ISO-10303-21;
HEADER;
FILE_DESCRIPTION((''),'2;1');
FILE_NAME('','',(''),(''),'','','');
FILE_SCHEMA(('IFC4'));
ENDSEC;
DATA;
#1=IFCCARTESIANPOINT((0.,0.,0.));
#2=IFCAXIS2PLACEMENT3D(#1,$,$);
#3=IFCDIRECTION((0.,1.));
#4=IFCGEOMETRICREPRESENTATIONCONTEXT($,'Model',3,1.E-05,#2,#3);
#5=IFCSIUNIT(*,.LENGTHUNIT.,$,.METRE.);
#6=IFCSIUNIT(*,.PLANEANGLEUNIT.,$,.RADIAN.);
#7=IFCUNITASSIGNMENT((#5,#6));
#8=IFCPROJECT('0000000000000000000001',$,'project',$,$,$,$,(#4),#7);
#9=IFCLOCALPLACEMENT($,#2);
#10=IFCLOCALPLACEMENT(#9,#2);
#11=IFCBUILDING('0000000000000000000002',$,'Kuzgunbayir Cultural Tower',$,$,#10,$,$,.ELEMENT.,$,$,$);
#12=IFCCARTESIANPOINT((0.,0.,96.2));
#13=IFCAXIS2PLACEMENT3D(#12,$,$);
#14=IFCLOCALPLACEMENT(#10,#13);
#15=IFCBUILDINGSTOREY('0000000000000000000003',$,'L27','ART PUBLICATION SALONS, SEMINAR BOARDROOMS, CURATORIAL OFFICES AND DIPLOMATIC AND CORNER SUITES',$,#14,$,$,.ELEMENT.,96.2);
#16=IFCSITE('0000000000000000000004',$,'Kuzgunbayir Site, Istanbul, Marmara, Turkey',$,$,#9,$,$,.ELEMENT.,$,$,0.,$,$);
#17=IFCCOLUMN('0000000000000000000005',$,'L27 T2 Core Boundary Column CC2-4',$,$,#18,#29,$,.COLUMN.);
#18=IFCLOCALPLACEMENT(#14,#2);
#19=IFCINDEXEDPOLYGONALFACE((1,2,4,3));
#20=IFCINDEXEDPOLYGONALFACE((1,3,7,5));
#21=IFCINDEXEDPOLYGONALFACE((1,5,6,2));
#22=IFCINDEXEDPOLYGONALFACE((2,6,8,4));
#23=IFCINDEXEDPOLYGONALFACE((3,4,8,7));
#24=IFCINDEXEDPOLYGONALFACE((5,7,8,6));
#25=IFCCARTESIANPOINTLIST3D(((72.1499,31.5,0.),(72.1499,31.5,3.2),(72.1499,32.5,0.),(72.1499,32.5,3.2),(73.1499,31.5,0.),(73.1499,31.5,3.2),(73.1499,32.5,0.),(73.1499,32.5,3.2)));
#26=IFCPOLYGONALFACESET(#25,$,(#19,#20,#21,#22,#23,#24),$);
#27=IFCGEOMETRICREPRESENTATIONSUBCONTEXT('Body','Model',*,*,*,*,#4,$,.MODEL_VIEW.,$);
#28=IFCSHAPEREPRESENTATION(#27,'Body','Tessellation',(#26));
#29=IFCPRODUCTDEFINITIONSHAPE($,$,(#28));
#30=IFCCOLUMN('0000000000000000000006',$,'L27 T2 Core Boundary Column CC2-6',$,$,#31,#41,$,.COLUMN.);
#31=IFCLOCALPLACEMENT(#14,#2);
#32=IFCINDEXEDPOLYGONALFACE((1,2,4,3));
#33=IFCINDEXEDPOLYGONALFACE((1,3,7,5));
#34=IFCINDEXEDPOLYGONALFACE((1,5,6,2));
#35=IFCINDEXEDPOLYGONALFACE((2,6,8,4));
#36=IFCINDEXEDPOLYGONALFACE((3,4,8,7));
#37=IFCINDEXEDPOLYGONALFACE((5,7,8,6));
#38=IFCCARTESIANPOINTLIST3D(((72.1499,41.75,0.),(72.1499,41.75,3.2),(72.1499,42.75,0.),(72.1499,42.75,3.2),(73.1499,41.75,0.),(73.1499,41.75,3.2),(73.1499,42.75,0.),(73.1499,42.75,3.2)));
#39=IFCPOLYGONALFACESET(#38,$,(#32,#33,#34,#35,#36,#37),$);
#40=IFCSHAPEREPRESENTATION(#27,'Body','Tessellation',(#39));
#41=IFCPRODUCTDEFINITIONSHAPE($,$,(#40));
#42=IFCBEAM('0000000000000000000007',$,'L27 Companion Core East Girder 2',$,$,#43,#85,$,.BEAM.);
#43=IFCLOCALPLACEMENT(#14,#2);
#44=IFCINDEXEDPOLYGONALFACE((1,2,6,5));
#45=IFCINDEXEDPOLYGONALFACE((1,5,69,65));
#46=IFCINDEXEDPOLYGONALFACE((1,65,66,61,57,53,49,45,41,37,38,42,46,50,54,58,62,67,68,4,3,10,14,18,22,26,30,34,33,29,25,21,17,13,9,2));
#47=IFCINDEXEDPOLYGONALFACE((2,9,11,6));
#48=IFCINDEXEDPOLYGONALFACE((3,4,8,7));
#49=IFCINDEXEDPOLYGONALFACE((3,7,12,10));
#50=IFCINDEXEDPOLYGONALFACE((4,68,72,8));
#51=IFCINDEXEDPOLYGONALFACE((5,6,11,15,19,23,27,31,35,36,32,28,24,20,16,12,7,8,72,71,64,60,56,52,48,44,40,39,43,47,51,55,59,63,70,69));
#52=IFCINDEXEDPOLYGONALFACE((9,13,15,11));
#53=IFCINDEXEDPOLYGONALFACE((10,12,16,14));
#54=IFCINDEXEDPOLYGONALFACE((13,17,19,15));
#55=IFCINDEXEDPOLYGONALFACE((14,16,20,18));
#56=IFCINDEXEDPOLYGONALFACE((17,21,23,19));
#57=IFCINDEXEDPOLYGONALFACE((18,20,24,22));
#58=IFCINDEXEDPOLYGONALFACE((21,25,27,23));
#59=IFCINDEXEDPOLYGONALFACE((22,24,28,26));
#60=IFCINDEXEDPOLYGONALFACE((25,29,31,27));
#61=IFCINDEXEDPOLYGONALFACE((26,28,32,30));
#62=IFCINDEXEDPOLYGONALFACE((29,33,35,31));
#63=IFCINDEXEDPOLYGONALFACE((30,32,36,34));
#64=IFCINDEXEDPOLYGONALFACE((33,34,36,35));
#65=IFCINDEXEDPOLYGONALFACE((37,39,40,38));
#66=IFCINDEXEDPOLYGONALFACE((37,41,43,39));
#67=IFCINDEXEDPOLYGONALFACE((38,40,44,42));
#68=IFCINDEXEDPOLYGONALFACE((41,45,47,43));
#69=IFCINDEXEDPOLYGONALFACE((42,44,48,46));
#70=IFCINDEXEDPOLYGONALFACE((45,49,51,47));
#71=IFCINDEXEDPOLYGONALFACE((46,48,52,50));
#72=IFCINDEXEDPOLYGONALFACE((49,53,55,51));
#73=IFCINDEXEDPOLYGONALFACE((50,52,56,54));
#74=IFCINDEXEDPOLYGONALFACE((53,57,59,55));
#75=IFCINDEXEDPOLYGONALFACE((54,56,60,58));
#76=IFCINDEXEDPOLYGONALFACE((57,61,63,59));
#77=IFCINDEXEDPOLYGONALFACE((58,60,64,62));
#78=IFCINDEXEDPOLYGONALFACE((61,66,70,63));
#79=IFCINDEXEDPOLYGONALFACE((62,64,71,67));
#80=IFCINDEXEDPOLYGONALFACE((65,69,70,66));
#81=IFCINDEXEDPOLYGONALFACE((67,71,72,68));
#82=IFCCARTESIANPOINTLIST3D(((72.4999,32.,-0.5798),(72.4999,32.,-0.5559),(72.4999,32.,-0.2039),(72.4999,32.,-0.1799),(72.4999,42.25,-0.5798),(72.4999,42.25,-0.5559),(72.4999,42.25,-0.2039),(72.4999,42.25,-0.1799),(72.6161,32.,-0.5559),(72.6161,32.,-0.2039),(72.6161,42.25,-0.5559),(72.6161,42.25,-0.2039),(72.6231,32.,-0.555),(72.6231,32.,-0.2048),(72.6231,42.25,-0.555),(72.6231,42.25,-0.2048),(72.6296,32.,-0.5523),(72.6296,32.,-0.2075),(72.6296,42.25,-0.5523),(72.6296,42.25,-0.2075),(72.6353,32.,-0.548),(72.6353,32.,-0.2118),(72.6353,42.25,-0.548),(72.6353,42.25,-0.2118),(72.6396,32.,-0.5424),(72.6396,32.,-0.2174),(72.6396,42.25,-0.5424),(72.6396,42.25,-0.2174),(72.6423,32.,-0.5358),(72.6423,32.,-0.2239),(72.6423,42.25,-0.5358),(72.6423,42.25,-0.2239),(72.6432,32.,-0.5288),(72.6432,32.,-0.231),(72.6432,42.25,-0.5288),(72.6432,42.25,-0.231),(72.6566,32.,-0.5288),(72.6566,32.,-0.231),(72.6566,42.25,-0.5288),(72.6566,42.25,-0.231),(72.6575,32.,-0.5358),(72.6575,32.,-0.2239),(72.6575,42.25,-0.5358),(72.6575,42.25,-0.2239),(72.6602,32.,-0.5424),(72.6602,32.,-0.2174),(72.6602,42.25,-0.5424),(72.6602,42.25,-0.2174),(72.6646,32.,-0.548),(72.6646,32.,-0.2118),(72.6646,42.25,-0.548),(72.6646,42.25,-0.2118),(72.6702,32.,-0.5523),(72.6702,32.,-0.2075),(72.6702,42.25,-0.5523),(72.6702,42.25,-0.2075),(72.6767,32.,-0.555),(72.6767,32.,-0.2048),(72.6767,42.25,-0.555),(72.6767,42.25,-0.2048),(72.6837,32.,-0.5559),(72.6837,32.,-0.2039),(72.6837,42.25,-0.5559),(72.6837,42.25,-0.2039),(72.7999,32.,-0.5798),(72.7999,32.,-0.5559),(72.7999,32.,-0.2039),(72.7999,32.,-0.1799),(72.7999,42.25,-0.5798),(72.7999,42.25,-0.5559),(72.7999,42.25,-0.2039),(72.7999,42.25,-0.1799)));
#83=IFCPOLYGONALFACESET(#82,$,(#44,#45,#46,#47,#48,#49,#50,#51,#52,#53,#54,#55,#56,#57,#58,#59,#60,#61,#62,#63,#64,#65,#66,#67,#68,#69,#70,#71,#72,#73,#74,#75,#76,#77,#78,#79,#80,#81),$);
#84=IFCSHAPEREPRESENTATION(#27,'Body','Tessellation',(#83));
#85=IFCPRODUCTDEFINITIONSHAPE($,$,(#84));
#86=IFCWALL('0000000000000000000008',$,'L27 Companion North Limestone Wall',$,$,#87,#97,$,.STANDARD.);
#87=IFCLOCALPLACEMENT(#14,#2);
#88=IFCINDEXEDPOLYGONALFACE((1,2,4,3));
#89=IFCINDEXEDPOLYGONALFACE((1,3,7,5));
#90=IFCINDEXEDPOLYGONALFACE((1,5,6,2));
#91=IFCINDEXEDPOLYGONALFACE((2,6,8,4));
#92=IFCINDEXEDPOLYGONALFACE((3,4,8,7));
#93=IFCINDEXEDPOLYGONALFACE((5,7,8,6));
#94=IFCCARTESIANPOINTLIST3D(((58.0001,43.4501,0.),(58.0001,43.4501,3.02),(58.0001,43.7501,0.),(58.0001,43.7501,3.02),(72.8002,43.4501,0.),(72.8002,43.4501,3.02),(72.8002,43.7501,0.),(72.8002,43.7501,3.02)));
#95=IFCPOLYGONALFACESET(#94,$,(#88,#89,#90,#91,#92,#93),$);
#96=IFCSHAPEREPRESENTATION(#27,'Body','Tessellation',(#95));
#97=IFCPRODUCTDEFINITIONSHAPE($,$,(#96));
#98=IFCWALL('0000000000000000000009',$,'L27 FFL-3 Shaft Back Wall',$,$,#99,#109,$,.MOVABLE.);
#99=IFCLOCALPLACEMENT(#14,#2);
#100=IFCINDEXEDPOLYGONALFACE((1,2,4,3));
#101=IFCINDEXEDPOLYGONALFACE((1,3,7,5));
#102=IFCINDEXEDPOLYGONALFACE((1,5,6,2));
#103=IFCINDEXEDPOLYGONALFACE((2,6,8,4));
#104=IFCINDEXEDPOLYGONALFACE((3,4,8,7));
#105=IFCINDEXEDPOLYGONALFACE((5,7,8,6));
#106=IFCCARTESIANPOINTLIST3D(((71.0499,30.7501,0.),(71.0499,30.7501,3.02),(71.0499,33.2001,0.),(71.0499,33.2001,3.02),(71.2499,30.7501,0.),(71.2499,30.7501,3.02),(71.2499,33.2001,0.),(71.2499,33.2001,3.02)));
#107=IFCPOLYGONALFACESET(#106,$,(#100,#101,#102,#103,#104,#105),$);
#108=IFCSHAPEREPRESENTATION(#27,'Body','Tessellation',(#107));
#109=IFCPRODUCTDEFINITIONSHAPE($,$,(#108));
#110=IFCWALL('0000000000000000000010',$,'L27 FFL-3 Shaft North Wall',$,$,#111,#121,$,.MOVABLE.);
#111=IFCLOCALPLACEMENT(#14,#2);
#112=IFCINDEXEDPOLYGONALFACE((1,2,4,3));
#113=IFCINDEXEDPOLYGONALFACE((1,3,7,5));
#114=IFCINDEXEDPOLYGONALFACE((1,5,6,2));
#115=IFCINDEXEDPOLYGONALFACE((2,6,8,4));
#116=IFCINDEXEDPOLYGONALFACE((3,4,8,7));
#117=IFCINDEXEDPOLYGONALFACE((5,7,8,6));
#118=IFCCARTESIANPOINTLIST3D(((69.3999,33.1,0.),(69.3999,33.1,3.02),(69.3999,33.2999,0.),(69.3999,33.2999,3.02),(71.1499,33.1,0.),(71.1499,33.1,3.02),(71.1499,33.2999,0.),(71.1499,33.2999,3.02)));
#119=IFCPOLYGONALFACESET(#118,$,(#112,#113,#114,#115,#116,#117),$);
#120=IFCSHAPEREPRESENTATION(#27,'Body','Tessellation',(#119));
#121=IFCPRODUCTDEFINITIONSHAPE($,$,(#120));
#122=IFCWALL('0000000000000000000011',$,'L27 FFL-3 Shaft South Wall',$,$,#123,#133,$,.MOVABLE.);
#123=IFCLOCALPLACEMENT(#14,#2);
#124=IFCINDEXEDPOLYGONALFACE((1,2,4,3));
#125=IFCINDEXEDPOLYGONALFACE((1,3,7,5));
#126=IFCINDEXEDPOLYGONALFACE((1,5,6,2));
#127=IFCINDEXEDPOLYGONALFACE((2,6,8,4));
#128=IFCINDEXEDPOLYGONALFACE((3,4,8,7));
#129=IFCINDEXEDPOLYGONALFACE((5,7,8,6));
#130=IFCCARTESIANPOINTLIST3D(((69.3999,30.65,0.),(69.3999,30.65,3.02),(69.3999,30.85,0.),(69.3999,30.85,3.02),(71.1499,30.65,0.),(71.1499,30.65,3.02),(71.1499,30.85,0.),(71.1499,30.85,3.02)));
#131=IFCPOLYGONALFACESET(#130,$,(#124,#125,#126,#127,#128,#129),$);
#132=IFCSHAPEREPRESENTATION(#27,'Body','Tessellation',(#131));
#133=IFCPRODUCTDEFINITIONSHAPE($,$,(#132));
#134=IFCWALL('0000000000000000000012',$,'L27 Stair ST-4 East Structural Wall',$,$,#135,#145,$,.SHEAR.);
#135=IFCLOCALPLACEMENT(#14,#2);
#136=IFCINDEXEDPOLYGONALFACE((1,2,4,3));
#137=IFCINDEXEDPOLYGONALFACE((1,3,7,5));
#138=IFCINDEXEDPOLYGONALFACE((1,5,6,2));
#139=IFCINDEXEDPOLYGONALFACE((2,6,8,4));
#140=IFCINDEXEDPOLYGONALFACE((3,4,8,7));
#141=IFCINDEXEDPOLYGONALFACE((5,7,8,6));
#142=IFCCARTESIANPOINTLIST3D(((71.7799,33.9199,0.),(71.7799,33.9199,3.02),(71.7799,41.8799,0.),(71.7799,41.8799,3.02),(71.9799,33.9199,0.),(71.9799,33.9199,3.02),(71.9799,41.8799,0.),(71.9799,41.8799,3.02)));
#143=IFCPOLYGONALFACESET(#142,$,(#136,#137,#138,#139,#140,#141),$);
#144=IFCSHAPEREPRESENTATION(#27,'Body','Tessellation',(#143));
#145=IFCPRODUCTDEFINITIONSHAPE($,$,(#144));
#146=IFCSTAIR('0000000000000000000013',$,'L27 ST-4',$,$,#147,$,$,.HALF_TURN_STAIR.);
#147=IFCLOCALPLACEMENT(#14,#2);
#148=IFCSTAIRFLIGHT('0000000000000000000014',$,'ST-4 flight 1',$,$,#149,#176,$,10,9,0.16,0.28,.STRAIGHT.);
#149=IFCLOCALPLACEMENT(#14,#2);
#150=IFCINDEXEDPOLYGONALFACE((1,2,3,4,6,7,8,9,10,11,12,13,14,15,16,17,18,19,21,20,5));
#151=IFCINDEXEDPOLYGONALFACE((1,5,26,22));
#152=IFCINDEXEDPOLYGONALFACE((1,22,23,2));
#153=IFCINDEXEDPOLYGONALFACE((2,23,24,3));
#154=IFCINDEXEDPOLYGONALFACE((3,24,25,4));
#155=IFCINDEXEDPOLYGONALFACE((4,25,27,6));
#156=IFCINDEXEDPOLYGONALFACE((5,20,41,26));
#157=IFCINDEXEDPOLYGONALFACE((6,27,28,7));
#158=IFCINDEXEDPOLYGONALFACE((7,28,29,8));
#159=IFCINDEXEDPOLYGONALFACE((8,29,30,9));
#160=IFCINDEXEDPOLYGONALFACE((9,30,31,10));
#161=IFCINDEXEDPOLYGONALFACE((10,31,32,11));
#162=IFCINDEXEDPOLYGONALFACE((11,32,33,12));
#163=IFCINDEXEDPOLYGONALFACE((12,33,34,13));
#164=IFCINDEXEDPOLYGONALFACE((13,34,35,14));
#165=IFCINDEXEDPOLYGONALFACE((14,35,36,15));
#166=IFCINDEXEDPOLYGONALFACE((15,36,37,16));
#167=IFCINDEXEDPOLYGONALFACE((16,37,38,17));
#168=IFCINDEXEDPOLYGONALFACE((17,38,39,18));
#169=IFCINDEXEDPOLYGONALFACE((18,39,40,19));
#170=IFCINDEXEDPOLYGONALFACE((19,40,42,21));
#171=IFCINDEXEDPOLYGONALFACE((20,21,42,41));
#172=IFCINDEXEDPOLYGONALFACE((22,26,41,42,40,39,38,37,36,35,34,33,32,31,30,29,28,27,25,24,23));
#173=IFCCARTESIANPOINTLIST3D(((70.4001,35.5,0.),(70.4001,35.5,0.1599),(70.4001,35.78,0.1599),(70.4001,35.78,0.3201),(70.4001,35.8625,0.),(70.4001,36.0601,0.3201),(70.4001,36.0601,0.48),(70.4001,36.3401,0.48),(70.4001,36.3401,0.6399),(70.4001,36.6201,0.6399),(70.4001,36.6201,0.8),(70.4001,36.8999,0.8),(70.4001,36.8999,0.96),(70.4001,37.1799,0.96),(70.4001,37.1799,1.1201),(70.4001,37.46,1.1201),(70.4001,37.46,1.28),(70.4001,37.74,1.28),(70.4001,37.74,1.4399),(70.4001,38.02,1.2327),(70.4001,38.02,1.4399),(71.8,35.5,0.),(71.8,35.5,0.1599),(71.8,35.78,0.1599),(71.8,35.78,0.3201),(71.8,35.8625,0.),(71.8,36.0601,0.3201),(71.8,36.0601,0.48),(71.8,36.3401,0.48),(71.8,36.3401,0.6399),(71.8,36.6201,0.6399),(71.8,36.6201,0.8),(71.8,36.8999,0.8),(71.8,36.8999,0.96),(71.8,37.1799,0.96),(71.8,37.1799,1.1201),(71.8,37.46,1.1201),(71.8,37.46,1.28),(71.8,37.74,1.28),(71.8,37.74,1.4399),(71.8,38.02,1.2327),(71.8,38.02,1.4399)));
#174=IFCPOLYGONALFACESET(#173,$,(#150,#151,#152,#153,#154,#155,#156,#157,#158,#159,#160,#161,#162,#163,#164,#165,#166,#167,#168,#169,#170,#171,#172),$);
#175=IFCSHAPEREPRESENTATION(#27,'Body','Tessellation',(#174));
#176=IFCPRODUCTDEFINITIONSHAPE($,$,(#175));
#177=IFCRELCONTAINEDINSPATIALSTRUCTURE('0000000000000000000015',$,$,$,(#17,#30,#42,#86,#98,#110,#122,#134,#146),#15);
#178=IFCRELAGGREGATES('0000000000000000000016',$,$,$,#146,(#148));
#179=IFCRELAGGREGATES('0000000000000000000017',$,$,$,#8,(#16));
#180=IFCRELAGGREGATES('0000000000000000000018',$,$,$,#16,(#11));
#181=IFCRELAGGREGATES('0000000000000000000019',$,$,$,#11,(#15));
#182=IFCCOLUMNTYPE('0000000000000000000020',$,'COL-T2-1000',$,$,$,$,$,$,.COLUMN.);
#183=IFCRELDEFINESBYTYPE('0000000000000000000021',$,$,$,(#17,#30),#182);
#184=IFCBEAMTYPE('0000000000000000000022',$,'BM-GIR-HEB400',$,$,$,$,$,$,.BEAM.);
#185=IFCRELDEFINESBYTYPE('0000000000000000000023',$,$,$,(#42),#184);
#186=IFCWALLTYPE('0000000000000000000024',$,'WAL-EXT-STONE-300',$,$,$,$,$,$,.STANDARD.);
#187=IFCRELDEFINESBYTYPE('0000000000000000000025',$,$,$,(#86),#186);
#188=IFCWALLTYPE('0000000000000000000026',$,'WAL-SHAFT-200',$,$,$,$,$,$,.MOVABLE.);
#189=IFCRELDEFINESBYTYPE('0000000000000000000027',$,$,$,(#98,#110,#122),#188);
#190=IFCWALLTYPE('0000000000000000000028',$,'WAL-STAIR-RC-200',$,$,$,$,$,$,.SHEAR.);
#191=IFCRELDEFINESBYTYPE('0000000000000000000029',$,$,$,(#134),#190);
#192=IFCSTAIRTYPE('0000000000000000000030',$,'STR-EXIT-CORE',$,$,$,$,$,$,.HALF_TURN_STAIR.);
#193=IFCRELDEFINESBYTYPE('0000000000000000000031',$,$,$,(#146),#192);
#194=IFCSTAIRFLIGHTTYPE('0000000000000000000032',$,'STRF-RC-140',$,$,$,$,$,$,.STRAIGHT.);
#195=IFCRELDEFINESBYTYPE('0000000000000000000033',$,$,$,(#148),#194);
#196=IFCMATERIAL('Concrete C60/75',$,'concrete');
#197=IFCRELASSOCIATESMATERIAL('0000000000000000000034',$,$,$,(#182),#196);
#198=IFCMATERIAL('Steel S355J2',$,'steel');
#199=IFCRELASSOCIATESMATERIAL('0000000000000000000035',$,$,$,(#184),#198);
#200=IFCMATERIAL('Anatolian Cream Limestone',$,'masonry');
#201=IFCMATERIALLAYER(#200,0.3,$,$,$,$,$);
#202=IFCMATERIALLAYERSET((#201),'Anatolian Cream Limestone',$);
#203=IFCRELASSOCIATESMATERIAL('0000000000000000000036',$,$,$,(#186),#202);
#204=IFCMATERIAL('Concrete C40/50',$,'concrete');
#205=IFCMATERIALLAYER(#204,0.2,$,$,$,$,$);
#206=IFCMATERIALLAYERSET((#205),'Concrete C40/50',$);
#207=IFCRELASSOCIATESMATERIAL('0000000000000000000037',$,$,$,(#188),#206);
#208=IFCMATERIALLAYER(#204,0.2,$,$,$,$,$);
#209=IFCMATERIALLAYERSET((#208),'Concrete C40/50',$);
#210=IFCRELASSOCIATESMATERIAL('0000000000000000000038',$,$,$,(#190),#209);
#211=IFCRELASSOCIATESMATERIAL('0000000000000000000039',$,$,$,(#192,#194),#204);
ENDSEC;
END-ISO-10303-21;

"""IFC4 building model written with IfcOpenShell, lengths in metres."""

from ifc_helpers import new_model, si_unit, direction, frame, frame_2d, origin, origin_2d, place, context, subcontext, project, spatial, polyline, rectangle, i_section, outline, extrude, material, layer, layer_set, material_profile, profile_set, type_object, element, aggregate, save


model = new_model("IFC4")

# Units and contexts
model_context = context("Model", 3, precision=1e-05, world=origin(), true_north=direction((0.0, 1.0)))
body_context = subcontext(model_context, "Body", "Model", "MODEL_VIEW")
ifc_project = project(units=[si_unit("LENGTHUNIT", "METRE"), si_unit("PLANEANGLEUNIT", "RADIAN")], contexts=[model_context])

# Site, building, storey
site_placement = place(None, origin())
site = spatial("IfcSite", under=ifc_project, at=site_placement, Name="Kuzgunbayir Site, Istanbul, Marmara, Turkey", CompositionType="ELEMENT", RefElevation=0.0)
building_placement = place(site_placement, origin())
building = spatial("IfcBuilding", under=site, at=building_placement, Name="Kuzgunbayir Cultural Tower", CompositionType="ELEMENT")
storey_placement = place(building_placement, frame((0.0, 0.0, 96.2)))
storey = spatial("IfcBuildingStorey", under=building, at=storey_placement, Name="L27", Description="ART PUBLICATION SALONS, SEMINAR BOARDROOMS, CURATORIAL OFFICES AND DIPLOMATIC AND CORNER SUITES", CompositionType="ELEMENT", Elevation=96.2)

# Columns
ifc_material_1 = material(Name="Concrete C60/75", Category="concrete")
ifc_material_profile_1 = material_profile(ifc_material_1, rectangle(XDim=1.0, YDim=1.0, at=origin_2d()), Name="RC 1000x1000")
ifc_profile_set_1 = profile_set([ifc_material_profile_1], Name="Concrete C60/75")
column_type = type_object("IfcColumnType", Name="COL-T2-1000", PredefinedType="COLUMN", material=ifc_profile_set_1)
for number, where, z_axis, x_axis, name in (
    (1, (72.6499, 32.0, 0.0), (0.0, 0.0, 1.0), (1.0, 0.0, 0.0), "L27 T2 Core Boundary Column CC2-4"),
    (2, (72.6499, 42.25, 0.0), (0.0, 0.0, 1.0), (1.0, 0.0, 0.0), "L27 T2 Core Boundary Column CC2-6"),
):
    element("IfcColumn", number, at=place(storey_placement, frame(where, z_axis=z_axis, x_axis=x_axis)), inside=storey, type_object=column_type, Name=name, PredefinedType="COLUMN", context=body_context, shape_type="SweptSolid", body=[
        extrude(rectangle(XDim=1.0, YDim=1.0, at=origin_2d()), origin(), (0.0, 0.0, 1.0), 3.2),
    ])

# Beam
ifc_material_2 = material(Name="Steel S355J2", Category="steel")
ifc_material_profile_2 = material_profile(ifc_material_2, i_section(OverallWidth=0.3, OverallDepth=0.3999, WebThickness=0.0134, FlangeThickness=0.0239, FilletRadius=0.0271, at=origin_2d()), Name="HEB 400")
ifc_profile_set_2 = profile_set([ifc_material_profile_2], Name="Steel S355J2")
beam_type = type_object("IfcBeamType", Name="BM-GIR-HEB400", PredefinedType="BEAM", material=ifc_profile_set_2)
beam_placement = place(storey_placement, frame((72.6499, 32.0, -0.3799), z_axis=(0.0, 1.0, 0.0), x_axis=(-1.0, 0.0, 0.0)))
element("IfcBeam", 3, at=beam_placement, inside=storey, type_object=beam_type, Name="L27 Companion Core East Girder 2", PredefinedType="BEAM", context=body_context, shape_type="SweptSolid", body=[
    extrude(i_section(OverallWidth=0.3, OverallDepth=0.3999, WebThickness=0.0134, FlangeThickness=0.0239, FilletRadius=0.0271, at=origin_2d()), origin(), (0.0, 0.0, 1.0), 10.25),
])

# Walls
ifc_material_3 = material(Name="Anatolian Cream Limestone", Category="masonry")
ifc_layer_1 = layer(ifc_material_3, 0.3)
ifc_layer_set_1 = layer_set([ifc_layer_1], Name="Anatolian Cream Limestone")
wall_type_1 = type_object("IfcWallType", Name="WAL-EXT-STONE-300", PredefinedType="STANDARD", material=ifc_layer_set_1)
wall_1_placement = place(storey_placement, frame((72.8, 43.6001, 0.0), z_axis=(0.0, 0.0, 1.0), x_axis=(-1.0, 0.0, 0.0)))
element("IfcWall", 4, at=wall_1_placement, inside=storey, type_object=wall_type_1, Name="L27 Companion North Limestone Wall", PredefinedType="STANDARD", context=body_context, shape_type="SweptSolid", body=[
    extrude(rectangle(XDim=14.8, YDim=0.3, at=frame_2d((7.3999, 0.0))), origin(), (0.0, 0.0, 1.0), 3.02),
])
ifc_material_4 = material(Name="Concrete C40/50", Category="concrete")
ifc_layer_2 = layer(ifc_material_4, 0.2)
ifc_layer_set_2 = layer_set([ifc_layer_2], Name="Concrete C40/50")
wall_type_2 = type_object("IfcWallType", Name="WAL-SHAFT-200", PredefinedType="MOVABLE", material=ifc_layer_set_2)
wall_2_placement = place(storey_placement, frame((71.1499, 30.75, 0.0), z_axis=(0.0, 0.0, 1.0), x_axis=(0.0, 1.0, 0.0)))
element("IfcWall", 5, at=wall_2_placement, inside=storey, type_object=wall_type_2, Name="L27 FFL-3 Shaft Back Wall", PredefinedType="MOVABLE", context=body_context, shape_type="SweptSolid", body=[
    extrude(rectangle(XDim=2.45, YDim=0.2, at=frame_2d((1.2251, 0.0))), origin(), (0.0, 0.0, 1.0), 3.02),
])
for number, where, z_axis, x_axis, name in (
    (6, (69.3999, 33.2, 0.0), (0.0, 0.0, 1.0), (1.0, 0.0, 0.0), "L27 FFL-3 Shaft North Wall"),
    (7, (69.3999, 30.75, 0.0), (0.0, 0.0, 1.0), (1.0, 0.0, 0.0), "L27 FFL-3 Shaft South Wall"),
):
    element("IfcWall", number, at=place(storey_placement, frame(where, z_axis=z_axis, x_axis=x_axis)), inside=storey, type_object=wall_type_2, Name=name, PredefinedType="MOVABLE", context=body_context, shape_type="SweptSolid", body=[
        extrude(rectangle(XDim=1.75, YDim=0.2, at=frame_2d((0.875, 0.0))), origin(), (0.0, 0.0, 1.0), 3.02),
    ])
ifc_layer_3 = layer(ifc_material_4, 0.2)
ifc_layer_set_3 = layer_set([ifc_layer_3], Name="Concrete C40/50")
wall_type_3 = type_object("IfcWallType", Name="WAL-STAIR-RC-200", PredefinedType="SHEAR", material=ifc_layer_set_3)
wall_3_placement = place(storey_placement, frame((71.8799, 33.9199, 0.0), z_axis=(0.0, 0.0, 1.0), x_axis=(0.0, 1.0, 0.0)))
element("IfcWall", 8, at=wall_3_placement, inside=storey, type_object=wall_type_3, Name="L27 Stair ST-4 East Structural Wall", PredefinedType="SHEAR", context=body_context, shape_type="SweptSolid", body=[
    extrude(rectangle(XDim=7.96, YDim=0.2, at=frame_2d((3.98, 0.0))), origin(), (0.0, 0.0, 1.0), 3.02),
])

# Stair, stair flight
stair_type = type_object("IfcStairType", Name="STR-EXIT-CORE", PredefinedType="HALF_TURN_STAIR", material=ifc_material_4)
stair_placement = place(storey_placement, origin())
stair = element("IfcStair", 9, at=stair_placement, inside=storey, type_object=stair_type, Name="L27 ST-4", PredefinedType="HALF_TURN_STAIR")
stair_flight_type = type_object("IfcStairFlightType", Name="STRF-RC-140", PredefinedType="STRAIGHT", material=ifc_material_4)
stair_flight_1_placement = place(storey_placement, frame((71.1001, 35.5, 0.0), z_axis=(0.0, 0.0, 1.0), x_axis=(0.0, 1.0, 0.0)))
stair_flight_1 = element("IfcStairFlight", 10, at=stair_flight_1_placement, type_object=stair_flight_type, Name="ST-4 flight 1", NumberOfRisers=10, NumberOfTreads=9, PredefinedType="STRAIGHT", RiserHeight=0.16, TreadLength=0.28, context=body_context, shape_type="SweptSolid", body=[
    extrude(outline(polyline([(0.0, 0.0), (0.0, 0.1599), (0.28, 0.1599), (0.28, 0.3201), (0.5601, 0.3201), (0.5601, 0.48), (0.8401, 0.48), (0.8401, 0.6399), (1.1201, 0.6399), (1.1201, 0.8), (1.3999, 0.8), (1.3999, 0.96), (1.6799, 0.96), (1.6799, 1.1201), (1.96, 1.1201), (1.96, 1.28), (2.24, 1.28), (2.24, 1.4399), (2.52, 1.4399), (2.52, 1.6001), (2.52, 1.2327), (0.3625, 0.0), (0.0, 0.0)])), frame((0.0, 0.7, 0.0), z_axis=(0.0, -1.0, 0.0), x_axis=(1.0, 0.0, 0.0)), (0.0, 0.0, 1.0), 1.3999),
])
aggregate(stair, [stair_flight_1])

save(model, "model.ifc")
